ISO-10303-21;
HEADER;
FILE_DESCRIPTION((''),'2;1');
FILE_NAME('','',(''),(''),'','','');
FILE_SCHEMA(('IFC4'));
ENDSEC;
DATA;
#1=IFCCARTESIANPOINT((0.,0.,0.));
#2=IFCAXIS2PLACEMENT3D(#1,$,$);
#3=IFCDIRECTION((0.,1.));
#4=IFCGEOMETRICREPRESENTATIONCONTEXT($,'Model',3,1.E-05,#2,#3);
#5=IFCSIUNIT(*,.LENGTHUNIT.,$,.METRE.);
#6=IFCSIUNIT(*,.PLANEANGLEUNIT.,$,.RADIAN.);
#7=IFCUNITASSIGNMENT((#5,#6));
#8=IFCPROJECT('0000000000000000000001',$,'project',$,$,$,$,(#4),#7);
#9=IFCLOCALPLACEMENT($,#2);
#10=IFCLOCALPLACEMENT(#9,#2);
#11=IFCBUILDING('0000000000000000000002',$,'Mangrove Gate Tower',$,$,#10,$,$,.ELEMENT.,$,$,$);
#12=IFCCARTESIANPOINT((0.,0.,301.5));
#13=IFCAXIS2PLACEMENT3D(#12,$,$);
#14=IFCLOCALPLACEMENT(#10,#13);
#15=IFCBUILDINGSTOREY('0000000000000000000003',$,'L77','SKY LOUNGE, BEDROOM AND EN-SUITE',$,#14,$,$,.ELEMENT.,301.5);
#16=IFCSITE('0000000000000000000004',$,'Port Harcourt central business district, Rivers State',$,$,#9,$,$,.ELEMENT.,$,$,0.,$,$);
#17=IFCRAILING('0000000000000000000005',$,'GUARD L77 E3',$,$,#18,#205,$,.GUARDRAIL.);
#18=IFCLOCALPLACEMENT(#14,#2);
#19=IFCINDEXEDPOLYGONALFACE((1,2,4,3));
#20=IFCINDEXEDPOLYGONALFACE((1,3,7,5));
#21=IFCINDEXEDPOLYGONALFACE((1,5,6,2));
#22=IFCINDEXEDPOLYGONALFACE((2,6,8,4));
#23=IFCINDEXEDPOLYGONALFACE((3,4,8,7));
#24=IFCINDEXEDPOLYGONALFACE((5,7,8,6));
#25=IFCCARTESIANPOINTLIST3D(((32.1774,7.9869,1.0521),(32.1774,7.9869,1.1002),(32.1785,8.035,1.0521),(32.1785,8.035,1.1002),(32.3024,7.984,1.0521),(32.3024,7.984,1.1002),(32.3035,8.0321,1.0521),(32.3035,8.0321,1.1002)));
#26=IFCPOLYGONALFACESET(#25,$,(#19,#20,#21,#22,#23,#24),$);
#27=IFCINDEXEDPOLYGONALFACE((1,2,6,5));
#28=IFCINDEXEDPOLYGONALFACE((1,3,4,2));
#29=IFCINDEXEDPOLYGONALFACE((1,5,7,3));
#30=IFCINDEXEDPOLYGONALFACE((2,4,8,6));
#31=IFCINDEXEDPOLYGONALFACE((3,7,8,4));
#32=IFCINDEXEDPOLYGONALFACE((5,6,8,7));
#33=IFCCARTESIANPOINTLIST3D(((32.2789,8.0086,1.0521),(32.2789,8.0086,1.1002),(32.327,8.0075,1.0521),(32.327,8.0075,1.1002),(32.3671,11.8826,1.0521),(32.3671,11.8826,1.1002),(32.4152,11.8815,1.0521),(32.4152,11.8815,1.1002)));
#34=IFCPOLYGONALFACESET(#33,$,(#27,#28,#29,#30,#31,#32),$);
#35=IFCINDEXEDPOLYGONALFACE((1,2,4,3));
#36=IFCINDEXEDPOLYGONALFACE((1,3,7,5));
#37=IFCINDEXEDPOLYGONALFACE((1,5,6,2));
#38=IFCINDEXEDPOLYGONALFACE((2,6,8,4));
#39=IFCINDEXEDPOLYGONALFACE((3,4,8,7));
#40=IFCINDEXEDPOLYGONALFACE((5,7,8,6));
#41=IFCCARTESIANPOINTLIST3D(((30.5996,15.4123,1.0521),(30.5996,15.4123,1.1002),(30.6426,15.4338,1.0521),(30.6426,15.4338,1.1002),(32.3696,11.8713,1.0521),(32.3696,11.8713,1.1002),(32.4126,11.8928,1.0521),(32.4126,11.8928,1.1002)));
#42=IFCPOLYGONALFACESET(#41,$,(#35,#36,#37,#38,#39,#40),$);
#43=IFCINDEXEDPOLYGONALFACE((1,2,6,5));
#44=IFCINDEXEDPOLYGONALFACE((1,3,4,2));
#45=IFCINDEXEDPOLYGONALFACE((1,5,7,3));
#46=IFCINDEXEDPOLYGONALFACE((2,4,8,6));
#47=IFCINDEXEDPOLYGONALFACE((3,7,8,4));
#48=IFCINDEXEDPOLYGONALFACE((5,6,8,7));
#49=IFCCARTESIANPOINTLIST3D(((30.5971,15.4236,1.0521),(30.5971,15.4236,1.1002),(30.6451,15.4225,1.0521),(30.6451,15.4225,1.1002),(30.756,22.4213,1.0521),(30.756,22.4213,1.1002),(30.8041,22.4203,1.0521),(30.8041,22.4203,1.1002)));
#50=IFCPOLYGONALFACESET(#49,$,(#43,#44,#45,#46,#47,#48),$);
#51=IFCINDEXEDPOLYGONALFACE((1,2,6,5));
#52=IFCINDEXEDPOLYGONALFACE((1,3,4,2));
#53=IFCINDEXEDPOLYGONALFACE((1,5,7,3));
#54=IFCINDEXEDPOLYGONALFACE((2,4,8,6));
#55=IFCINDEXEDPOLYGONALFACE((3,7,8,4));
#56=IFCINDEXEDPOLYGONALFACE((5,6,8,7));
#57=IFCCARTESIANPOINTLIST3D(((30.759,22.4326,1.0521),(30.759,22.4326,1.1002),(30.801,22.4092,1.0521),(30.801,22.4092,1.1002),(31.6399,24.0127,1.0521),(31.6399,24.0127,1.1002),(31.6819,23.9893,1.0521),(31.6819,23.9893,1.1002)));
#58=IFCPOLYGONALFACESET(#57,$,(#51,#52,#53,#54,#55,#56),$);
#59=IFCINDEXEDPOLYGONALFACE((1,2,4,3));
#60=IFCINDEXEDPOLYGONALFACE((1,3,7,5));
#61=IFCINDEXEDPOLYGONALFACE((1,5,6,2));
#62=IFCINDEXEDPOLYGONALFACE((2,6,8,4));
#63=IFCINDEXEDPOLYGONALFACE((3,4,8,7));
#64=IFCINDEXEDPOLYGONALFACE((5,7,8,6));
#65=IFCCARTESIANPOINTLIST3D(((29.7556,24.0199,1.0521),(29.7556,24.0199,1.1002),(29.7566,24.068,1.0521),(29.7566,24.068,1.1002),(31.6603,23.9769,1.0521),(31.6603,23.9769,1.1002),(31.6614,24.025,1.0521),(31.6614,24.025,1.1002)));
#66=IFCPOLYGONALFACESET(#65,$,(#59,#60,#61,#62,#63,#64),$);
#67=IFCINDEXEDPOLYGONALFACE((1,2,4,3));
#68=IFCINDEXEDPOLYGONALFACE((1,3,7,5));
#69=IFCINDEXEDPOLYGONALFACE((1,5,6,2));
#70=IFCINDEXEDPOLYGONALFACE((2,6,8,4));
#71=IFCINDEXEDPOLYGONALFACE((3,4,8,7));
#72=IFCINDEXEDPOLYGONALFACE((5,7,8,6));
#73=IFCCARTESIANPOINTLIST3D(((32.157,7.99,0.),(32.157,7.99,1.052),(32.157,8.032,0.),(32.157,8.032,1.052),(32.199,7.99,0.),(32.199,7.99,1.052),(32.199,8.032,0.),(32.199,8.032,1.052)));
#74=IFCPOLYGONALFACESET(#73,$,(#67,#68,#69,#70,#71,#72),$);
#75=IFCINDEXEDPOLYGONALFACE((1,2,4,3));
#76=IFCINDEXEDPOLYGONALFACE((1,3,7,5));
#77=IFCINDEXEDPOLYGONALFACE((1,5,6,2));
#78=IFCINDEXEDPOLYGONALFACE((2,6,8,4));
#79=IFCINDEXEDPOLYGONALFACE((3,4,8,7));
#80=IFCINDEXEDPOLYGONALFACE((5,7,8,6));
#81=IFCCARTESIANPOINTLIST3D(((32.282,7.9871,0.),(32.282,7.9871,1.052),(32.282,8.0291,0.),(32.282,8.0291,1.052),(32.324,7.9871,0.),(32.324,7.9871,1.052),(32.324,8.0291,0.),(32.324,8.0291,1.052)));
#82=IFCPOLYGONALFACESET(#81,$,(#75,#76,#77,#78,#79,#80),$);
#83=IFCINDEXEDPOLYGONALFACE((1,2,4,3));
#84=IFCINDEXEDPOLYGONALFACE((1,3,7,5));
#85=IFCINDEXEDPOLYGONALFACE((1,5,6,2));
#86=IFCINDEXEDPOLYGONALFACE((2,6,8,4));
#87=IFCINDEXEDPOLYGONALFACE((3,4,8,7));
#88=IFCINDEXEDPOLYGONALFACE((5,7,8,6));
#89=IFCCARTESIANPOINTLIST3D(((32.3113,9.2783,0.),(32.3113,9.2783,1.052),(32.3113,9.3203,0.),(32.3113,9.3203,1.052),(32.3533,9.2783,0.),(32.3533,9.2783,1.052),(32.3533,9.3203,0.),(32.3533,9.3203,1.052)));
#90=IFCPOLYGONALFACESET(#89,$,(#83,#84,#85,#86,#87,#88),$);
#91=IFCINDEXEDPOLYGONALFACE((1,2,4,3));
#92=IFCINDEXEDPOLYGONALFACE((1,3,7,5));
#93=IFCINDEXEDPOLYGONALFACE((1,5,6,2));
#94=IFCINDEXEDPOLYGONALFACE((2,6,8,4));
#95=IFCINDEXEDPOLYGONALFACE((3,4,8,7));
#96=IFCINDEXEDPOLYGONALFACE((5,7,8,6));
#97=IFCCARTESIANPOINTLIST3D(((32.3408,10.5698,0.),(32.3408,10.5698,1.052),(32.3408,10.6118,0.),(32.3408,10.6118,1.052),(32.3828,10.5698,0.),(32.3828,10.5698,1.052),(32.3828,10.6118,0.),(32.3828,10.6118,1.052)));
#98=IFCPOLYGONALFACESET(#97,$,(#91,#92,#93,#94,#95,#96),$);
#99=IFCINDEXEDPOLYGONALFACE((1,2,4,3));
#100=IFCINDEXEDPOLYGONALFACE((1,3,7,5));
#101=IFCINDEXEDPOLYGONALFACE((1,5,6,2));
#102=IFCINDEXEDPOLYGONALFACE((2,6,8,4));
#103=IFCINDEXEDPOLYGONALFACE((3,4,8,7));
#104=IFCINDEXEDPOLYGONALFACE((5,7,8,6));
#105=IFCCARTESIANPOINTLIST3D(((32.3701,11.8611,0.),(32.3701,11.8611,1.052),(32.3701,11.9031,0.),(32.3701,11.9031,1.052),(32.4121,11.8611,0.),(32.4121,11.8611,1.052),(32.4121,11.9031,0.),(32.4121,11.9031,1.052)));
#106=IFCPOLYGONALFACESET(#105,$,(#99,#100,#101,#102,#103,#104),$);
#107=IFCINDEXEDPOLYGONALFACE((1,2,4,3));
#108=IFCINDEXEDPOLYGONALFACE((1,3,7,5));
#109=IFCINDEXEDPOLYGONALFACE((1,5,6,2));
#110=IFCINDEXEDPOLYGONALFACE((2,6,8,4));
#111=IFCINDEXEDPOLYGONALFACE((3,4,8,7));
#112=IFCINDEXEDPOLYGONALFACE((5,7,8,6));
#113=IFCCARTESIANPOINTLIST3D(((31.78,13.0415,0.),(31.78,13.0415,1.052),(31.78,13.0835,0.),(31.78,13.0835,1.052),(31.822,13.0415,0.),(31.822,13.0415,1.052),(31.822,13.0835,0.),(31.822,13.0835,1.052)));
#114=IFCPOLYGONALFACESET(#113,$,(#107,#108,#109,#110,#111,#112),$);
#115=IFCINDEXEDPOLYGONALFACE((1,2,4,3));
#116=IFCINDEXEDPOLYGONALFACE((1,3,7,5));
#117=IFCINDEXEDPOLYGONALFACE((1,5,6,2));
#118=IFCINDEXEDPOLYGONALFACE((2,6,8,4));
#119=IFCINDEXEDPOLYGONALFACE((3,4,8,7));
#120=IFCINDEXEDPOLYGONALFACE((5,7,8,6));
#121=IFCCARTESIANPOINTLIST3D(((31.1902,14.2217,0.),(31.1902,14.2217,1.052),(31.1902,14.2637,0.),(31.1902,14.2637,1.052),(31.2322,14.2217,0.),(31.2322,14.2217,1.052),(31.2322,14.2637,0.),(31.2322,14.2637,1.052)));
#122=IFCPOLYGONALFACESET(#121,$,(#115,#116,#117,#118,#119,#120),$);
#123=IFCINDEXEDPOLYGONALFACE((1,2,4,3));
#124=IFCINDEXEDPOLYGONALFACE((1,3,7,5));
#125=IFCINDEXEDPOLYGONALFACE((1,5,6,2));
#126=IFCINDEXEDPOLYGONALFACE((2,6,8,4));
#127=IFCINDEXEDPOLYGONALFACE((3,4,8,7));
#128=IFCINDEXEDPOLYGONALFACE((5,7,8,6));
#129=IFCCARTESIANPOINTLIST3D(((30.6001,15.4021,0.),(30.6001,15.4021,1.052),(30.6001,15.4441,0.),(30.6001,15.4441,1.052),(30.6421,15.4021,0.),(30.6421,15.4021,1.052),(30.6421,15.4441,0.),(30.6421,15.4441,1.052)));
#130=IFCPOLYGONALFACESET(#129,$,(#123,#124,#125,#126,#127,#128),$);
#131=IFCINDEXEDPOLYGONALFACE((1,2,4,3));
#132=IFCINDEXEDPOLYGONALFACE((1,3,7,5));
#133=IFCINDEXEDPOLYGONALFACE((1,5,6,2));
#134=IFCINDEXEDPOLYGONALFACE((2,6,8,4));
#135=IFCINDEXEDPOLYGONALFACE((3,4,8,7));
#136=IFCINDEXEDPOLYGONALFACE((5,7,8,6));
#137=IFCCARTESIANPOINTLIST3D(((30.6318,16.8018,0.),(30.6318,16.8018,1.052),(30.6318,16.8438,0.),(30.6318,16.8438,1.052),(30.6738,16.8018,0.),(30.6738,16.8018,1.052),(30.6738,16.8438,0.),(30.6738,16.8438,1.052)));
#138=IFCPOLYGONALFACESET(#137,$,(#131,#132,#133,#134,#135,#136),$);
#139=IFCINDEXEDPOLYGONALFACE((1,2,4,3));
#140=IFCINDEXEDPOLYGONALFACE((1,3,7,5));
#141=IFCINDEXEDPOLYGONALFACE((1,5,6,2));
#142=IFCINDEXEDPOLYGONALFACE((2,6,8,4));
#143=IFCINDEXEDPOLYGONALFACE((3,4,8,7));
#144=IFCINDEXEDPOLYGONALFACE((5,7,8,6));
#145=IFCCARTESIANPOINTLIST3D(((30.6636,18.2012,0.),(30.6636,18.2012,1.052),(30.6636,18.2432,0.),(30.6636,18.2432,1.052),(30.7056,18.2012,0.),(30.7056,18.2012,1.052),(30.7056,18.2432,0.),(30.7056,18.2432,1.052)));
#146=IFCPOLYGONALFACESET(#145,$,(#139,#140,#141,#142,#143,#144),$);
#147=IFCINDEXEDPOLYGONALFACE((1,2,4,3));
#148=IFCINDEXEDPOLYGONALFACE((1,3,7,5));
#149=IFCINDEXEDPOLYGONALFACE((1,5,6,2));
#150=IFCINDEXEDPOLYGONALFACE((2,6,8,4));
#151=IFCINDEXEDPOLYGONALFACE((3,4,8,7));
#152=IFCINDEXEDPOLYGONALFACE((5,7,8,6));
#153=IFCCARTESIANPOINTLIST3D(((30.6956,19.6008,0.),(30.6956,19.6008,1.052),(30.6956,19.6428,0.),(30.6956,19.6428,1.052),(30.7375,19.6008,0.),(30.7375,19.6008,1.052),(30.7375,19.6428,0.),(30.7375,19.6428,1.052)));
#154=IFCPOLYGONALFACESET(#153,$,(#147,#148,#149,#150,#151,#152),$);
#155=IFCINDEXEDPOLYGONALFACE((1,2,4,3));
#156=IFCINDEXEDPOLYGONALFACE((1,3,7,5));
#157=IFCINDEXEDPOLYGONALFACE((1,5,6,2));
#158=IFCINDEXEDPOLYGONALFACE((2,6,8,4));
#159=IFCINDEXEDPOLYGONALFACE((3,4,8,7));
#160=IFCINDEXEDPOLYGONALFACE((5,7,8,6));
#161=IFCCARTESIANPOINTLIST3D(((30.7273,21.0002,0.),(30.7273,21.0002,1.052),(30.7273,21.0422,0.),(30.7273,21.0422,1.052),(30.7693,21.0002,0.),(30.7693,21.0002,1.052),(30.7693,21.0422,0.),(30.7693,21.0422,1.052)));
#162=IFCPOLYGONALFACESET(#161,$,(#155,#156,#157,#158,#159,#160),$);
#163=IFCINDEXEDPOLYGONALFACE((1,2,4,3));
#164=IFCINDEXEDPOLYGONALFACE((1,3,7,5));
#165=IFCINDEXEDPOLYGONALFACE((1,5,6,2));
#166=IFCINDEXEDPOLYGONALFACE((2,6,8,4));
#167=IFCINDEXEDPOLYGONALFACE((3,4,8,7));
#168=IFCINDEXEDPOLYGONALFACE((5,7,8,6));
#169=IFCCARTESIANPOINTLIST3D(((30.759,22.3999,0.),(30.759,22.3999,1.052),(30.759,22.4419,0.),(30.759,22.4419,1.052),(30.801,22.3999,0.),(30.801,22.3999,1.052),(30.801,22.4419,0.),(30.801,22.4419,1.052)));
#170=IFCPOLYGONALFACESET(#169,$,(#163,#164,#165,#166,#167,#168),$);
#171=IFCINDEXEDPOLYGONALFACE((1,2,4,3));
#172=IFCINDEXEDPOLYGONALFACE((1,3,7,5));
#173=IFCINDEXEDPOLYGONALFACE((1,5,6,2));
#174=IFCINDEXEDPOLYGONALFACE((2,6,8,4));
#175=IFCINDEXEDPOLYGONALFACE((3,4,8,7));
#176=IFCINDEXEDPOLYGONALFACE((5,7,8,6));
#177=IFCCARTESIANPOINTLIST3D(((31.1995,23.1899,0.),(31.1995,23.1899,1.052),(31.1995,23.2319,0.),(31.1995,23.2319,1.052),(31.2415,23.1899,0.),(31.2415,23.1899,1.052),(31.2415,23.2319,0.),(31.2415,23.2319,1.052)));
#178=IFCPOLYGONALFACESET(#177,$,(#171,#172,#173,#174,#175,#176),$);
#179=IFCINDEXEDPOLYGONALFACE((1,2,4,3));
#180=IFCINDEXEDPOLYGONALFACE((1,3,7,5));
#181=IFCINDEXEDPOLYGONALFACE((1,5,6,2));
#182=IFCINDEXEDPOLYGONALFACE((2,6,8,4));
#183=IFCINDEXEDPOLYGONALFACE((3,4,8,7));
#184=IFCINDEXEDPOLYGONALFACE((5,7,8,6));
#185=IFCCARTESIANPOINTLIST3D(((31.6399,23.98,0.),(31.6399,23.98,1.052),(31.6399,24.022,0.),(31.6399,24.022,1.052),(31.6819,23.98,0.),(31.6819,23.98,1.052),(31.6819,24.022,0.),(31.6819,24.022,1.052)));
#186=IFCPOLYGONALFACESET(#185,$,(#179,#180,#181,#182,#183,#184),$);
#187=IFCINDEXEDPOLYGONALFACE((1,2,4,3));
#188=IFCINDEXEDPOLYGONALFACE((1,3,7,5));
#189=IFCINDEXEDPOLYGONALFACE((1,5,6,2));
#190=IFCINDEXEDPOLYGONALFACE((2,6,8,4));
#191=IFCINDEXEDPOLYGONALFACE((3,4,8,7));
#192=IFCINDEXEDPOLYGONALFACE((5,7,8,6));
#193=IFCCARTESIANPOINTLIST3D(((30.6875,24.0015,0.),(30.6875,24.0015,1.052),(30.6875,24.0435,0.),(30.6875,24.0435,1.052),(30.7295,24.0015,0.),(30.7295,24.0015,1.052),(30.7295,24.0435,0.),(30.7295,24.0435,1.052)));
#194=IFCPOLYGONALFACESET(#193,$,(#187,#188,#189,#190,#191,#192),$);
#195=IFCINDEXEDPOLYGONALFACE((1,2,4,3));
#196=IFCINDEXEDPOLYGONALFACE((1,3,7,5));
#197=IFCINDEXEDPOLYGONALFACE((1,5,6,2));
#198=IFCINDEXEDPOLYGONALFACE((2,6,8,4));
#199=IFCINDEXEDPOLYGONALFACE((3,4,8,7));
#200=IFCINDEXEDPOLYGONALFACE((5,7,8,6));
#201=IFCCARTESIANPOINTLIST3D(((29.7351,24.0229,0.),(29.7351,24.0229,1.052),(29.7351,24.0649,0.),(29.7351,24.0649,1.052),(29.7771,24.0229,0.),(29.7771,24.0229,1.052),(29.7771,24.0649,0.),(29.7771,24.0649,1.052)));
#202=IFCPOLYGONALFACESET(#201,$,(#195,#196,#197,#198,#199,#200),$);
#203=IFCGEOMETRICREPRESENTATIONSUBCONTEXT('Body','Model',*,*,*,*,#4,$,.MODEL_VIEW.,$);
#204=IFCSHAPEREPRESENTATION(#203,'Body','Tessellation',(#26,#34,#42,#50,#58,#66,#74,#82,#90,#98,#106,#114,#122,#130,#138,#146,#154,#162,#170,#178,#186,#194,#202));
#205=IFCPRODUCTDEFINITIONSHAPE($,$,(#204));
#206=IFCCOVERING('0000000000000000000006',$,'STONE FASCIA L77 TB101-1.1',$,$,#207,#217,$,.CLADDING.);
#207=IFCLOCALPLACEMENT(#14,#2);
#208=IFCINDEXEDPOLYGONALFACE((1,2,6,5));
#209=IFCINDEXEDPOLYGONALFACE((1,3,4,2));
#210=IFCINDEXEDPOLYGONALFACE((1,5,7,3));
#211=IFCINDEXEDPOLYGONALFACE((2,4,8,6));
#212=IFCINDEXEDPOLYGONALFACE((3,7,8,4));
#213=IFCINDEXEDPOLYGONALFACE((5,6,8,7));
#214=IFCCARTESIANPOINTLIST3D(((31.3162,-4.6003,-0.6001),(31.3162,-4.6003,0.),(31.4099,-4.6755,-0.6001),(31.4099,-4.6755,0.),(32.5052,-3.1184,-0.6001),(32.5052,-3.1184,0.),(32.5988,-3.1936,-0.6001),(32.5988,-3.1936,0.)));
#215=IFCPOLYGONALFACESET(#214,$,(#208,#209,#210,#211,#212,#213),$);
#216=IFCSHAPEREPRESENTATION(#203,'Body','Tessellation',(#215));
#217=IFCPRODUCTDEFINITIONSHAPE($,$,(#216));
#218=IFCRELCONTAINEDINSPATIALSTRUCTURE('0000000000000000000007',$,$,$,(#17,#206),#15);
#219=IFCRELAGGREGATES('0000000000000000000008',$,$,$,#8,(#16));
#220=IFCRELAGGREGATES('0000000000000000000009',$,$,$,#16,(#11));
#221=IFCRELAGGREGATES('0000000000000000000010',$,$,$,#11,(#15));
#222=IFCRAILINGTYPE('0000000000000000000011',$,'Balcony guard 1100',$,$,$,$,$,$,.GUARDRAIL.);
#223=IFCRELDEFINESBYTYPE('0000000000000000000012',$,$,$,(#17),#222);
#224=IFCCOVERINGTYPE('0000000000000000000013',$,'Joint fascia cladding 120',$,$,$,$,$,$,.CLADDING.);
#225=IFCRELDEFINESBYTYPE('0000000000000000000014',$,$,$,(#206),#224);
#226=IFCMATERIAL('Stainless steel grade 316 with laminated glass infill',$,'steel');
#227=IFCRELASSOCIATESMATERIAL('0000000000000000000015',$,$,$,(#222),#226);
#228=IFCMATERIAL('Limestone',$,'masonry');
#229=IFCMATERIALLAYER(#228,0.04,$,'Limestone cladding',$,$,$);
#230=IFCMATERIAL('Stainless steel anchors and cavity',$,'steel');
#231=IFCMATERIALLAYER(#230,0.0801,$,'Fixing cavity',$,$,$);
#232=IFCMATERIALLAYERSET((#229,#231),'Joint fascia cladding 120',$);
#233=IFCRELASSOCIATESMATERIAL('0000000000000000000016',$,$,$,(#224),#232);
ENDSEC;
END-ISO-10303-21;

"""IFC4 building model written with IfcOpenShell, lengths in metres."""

from ifc_helpers import new_model, si_unit, direction, frame, frame_2d, origin, origin_2d, place, context, subcontext, project, spatial, rectangle, extrude, material, layer, layer_set, type_object, element, save


model = new_model("IFC4")

# Units and contexts
model_context = context("Model", 3, precision=1e-05, world=origin(), true_north=direction((0.0, 1.0)))
body_context = subcontext(model_context, "Body", "Model", "MODEL_VIEW")
ifc_project = project(units=[si_unit("LENGTHUNIT", "METRE"), si_unit("PLANEANGLEUNIT", "RADIAN")], contexts=[model_context])

# Site, building, storey
site_placement = place(None, origin())
site = spatial("IfcSite", under=ifc_project, at=site_placement, Name="Port Harcourt central business district, Rivers State", CompositionType="ELEMENT", RefElevation=0.0)
building_placement = place(site_placement, origin())
building = spatial("IfcBuilding", under=site, at=building_placement, Name="Mangrove Gate Tower", CompositionType="ELEMENT")
storey_placement = place(building_placement, frame((0.0, 0.0, 301.5)))
storey = spatial("IfcBuildingStorey", under=building, at=storey_placement, Name="L77", Description="SKY LOUNGE, BEDROOM AND EN-SUITE", CompositionType="ELEMENT", Elevation=301.5)

# Railing
ifc_material_1 = material(Name="Stainless steel grade 316 with laminated glass infill", Category="steel")
railing_type = type_object("IfcRailingType", Name="Balcony guard 1100", PredefinedType="GUARDRAIL", material=ifc_material_1)
railing_1_placement = place(storey_placement, frame((32.178, 8.011, 0.0)))
element("IfcRailing", 1, at=railing_1_placement, inside=storey, type_object=railing_type, Name="GUARD L77 E3", PredefinedType="GUARDRAIL", context=body_context, shape_type="SweptSolid", body=[
    extrude(rectangle(XDim=0.0481, YDim=0.0481, at=origin_2d()), frame((0.0, 0.0, 1.0762), z_axis=(0.999725, -0.023431, 0.0), x_axis=(0.023431, 0.999725, 0.0)), (0.0, 0.0, 1.0), 0.125),
    extrude(rectangle(XDim=0.0481, YDim=0.0481, at=origin_2d()), frame((0.125, -0.0029, 1.0762), z_axis=(0.022744, 0.999741, 0.0), x_axis=(-0.999741, 0.022744, 0.0)), (0.0, 0.0, 1.0), 3.875),
    extrude(rectangle(XDim=0.0481, YDim=0.0481, at=origin_2d()), frame((0.2131, 3.8711, 1.0762), z_axis=(-0.447115, 0.894477, 0.0), x_axis=(-0.894477, -0.447115, 0.0)), (0.0, 0.0, 1.0), 3.9587),
    extrude(rectangle(XDim=0.0481, YDim=0.0481, at=origin_2d()), frame((-1.5569, 7.4121, 1.0762), z_axis=(0.022706, 0.999742, 0.0), x_axis=(-0.999742, 0.022706, 0.0)), (0.0, 0.0, 1.0), 6.9995),
    extrude(rectangle(XDim=0.0481, YDim=0.0481, at=origin_2d()), frame((-1.3979, 14.4099, 1.0762), z_axis=(0.486926, 0.873443, 0.0), x_axis=(-0.873443, 0.486926, 0.0)), (0.0, 0.0, 1.0), 1.8091),
    extrude(rectangle(XDim=0.0481, YDim=0.0481, at=origin_2d()), frame((-0.5171, 15.99, 1.0762), z_axis=(-0.999746, 0.022553, 0.0), x_axis=(-0.022553, -0.999746, 0.0)), (0.0, 0.0, 1.0), 1.9053),
    extrude(rectangle(XDim=0.042, YDim=0.042, at=origin_2d()), origin(), (0.0, 0.0, 1.0), 1.052),
    extrude(rectangle(XDim=0.042, YDim=0.042, at=origin_2d()), frame((0.125, -0.0029, 0.0)), (0.0, 0.0, 1.0), 1.052),
    extrude(rectangle(XDim=0.042, YDim=0.042, at=origin_2d()), frame((0.1543, 1.2883, 0.0)), (0.0, 0.0, 1.0), 1.052),
    extrude(rectangle(XDim=0.042, YDim=0.042, at=origin_2d()), frame((0.1838, 2.5798, 0.0)), (0.0, 0.0, 1.0), 1.052),
    extrude(rectangle(XDim=0.042, YDim=0.042, at=origin_2d()), frame((0.2131, 3.8711, 0.0)), (0.0, 0.0, 1.0), 1.052),
    extrude(rectangle(XDim=0.042, YDim=0.042, at=origin_2d()), frame((-0.377, 5.0515, 0.0)), (0.0, 0.0, 1.0), 1.052),
    extrude(rectangle(XDim=0.042, YDim=0.042, at=origin_2d()), frame((-0.9668, 6.2317, 0.0)), (0.0, 0.0, 1.0), 1.052),
    extrude(rectangle(XDim=0.042, YDim=0.042, at=origin_2d()), frame((-1.5569, 7.4121, 0.0)), (0.0, 0.0, 1.0), 1.052),
    extrude(rectangle(XDim=0.042, YDim=0.042, at=origin_2d()), frame((-1.5251, 8.8118, 0.0)), (0.0, 0.0, 1.0), 1.052),
    extrude(rectangle(XDim=0.042, YDim=0.042, at=origin_2d()), frame((-1.4934, 10.2112, 0.0)), (0.0, 0.0, 1.0), 1.052),
    extrude(rectangle(XDim=0.042, YDim=0.042, at=origin_2d()), frame((-1.4614, 11.6108, 0.0)), (0.0, 0.0, 1.0), 1.052),
    extrude(rectangle(XDim=0.042, YDim=0.042, at=origin_2d()), frame((-1.4297, 13.0103, 0.0)), (0.0, 0.0, 1.0), 1.052),
    extrude(rectangle(XDim=0.042, YDim=0.042, at=origin_2d()), frame((-1.3979, 14.4099, 0.0)), (0.0, 0.0, 1.0), 1.052),
    extrude(rectangle(XDim=0.042, YDim=0.042, at=origin_2d()), frame((-0.9575, 15.2, 0.0)), (0.0, 0.0, 1.0), 1.052),
    extrude(rectangle(XDim=0.042, YDim=0.042, at=origin_2d()), frame((-0.5171, 15.99, 0.0)), (0.0, 0.0, 1.0), 1.052),
    extrude(rectangle(XDim=0.042, YDim=0.042, at=origin_2d()), frame((-1.4695, 16.0115, 0.0)), (0.0, 0.0, 1.0), 1.052),
    extrude(rectangle(XDim=0.042, YDim=0.042, at=origin_2d()), frame((-2.4219, 16.033, 0.0)), (0.0, 0.0, 1.0), 1.052),
])

# Covering
ifc_material_2 = material(Name="Limestone", Category="masonry")
ifc_layer_1 = layer(ifc_material_2, 0.04, Name="Limestone cladding")
ifc_material_3 = material(Name="Stainless steel anchors and cavity", Category="steel")
ifc_layer_2 = layer(ifc_material_3, 0.0801, Name="Fixing cavity")
ifc_layer_set_1 = layer_set([ifc_layer_1, ifc_layer_2], Name="Joint fascia cladding 120")
covering_type = type_object("IfcCoveringType", Name="Joint fascia cladding 120", PredefinedType="CLADDING", material=ifc_layer_set_1)
covering_placement = place(storey_placement, frame((32.552, -3.156, -0.6001), z_axis=(0.0, 0.0, 1.0), x_axis=(-0.625791, -0.77999, 0.0)))
element("IfcCovering", 2, at=covering_placement, inside=storey, type_object=covering_type, Name="STONE FASCIA L77 TB101-1.1", PredefinedType="CLADDING", context=body_context, shape_type="SweptSolid", body=[
    extrude(rectangle(XDim=1.8999, YDim=0.1201, at=frame_2d((0.95, 0.0))), origin(), (0.0, 0.0, 1.0), 0.6001),
])

save(model, "model.ifc")
